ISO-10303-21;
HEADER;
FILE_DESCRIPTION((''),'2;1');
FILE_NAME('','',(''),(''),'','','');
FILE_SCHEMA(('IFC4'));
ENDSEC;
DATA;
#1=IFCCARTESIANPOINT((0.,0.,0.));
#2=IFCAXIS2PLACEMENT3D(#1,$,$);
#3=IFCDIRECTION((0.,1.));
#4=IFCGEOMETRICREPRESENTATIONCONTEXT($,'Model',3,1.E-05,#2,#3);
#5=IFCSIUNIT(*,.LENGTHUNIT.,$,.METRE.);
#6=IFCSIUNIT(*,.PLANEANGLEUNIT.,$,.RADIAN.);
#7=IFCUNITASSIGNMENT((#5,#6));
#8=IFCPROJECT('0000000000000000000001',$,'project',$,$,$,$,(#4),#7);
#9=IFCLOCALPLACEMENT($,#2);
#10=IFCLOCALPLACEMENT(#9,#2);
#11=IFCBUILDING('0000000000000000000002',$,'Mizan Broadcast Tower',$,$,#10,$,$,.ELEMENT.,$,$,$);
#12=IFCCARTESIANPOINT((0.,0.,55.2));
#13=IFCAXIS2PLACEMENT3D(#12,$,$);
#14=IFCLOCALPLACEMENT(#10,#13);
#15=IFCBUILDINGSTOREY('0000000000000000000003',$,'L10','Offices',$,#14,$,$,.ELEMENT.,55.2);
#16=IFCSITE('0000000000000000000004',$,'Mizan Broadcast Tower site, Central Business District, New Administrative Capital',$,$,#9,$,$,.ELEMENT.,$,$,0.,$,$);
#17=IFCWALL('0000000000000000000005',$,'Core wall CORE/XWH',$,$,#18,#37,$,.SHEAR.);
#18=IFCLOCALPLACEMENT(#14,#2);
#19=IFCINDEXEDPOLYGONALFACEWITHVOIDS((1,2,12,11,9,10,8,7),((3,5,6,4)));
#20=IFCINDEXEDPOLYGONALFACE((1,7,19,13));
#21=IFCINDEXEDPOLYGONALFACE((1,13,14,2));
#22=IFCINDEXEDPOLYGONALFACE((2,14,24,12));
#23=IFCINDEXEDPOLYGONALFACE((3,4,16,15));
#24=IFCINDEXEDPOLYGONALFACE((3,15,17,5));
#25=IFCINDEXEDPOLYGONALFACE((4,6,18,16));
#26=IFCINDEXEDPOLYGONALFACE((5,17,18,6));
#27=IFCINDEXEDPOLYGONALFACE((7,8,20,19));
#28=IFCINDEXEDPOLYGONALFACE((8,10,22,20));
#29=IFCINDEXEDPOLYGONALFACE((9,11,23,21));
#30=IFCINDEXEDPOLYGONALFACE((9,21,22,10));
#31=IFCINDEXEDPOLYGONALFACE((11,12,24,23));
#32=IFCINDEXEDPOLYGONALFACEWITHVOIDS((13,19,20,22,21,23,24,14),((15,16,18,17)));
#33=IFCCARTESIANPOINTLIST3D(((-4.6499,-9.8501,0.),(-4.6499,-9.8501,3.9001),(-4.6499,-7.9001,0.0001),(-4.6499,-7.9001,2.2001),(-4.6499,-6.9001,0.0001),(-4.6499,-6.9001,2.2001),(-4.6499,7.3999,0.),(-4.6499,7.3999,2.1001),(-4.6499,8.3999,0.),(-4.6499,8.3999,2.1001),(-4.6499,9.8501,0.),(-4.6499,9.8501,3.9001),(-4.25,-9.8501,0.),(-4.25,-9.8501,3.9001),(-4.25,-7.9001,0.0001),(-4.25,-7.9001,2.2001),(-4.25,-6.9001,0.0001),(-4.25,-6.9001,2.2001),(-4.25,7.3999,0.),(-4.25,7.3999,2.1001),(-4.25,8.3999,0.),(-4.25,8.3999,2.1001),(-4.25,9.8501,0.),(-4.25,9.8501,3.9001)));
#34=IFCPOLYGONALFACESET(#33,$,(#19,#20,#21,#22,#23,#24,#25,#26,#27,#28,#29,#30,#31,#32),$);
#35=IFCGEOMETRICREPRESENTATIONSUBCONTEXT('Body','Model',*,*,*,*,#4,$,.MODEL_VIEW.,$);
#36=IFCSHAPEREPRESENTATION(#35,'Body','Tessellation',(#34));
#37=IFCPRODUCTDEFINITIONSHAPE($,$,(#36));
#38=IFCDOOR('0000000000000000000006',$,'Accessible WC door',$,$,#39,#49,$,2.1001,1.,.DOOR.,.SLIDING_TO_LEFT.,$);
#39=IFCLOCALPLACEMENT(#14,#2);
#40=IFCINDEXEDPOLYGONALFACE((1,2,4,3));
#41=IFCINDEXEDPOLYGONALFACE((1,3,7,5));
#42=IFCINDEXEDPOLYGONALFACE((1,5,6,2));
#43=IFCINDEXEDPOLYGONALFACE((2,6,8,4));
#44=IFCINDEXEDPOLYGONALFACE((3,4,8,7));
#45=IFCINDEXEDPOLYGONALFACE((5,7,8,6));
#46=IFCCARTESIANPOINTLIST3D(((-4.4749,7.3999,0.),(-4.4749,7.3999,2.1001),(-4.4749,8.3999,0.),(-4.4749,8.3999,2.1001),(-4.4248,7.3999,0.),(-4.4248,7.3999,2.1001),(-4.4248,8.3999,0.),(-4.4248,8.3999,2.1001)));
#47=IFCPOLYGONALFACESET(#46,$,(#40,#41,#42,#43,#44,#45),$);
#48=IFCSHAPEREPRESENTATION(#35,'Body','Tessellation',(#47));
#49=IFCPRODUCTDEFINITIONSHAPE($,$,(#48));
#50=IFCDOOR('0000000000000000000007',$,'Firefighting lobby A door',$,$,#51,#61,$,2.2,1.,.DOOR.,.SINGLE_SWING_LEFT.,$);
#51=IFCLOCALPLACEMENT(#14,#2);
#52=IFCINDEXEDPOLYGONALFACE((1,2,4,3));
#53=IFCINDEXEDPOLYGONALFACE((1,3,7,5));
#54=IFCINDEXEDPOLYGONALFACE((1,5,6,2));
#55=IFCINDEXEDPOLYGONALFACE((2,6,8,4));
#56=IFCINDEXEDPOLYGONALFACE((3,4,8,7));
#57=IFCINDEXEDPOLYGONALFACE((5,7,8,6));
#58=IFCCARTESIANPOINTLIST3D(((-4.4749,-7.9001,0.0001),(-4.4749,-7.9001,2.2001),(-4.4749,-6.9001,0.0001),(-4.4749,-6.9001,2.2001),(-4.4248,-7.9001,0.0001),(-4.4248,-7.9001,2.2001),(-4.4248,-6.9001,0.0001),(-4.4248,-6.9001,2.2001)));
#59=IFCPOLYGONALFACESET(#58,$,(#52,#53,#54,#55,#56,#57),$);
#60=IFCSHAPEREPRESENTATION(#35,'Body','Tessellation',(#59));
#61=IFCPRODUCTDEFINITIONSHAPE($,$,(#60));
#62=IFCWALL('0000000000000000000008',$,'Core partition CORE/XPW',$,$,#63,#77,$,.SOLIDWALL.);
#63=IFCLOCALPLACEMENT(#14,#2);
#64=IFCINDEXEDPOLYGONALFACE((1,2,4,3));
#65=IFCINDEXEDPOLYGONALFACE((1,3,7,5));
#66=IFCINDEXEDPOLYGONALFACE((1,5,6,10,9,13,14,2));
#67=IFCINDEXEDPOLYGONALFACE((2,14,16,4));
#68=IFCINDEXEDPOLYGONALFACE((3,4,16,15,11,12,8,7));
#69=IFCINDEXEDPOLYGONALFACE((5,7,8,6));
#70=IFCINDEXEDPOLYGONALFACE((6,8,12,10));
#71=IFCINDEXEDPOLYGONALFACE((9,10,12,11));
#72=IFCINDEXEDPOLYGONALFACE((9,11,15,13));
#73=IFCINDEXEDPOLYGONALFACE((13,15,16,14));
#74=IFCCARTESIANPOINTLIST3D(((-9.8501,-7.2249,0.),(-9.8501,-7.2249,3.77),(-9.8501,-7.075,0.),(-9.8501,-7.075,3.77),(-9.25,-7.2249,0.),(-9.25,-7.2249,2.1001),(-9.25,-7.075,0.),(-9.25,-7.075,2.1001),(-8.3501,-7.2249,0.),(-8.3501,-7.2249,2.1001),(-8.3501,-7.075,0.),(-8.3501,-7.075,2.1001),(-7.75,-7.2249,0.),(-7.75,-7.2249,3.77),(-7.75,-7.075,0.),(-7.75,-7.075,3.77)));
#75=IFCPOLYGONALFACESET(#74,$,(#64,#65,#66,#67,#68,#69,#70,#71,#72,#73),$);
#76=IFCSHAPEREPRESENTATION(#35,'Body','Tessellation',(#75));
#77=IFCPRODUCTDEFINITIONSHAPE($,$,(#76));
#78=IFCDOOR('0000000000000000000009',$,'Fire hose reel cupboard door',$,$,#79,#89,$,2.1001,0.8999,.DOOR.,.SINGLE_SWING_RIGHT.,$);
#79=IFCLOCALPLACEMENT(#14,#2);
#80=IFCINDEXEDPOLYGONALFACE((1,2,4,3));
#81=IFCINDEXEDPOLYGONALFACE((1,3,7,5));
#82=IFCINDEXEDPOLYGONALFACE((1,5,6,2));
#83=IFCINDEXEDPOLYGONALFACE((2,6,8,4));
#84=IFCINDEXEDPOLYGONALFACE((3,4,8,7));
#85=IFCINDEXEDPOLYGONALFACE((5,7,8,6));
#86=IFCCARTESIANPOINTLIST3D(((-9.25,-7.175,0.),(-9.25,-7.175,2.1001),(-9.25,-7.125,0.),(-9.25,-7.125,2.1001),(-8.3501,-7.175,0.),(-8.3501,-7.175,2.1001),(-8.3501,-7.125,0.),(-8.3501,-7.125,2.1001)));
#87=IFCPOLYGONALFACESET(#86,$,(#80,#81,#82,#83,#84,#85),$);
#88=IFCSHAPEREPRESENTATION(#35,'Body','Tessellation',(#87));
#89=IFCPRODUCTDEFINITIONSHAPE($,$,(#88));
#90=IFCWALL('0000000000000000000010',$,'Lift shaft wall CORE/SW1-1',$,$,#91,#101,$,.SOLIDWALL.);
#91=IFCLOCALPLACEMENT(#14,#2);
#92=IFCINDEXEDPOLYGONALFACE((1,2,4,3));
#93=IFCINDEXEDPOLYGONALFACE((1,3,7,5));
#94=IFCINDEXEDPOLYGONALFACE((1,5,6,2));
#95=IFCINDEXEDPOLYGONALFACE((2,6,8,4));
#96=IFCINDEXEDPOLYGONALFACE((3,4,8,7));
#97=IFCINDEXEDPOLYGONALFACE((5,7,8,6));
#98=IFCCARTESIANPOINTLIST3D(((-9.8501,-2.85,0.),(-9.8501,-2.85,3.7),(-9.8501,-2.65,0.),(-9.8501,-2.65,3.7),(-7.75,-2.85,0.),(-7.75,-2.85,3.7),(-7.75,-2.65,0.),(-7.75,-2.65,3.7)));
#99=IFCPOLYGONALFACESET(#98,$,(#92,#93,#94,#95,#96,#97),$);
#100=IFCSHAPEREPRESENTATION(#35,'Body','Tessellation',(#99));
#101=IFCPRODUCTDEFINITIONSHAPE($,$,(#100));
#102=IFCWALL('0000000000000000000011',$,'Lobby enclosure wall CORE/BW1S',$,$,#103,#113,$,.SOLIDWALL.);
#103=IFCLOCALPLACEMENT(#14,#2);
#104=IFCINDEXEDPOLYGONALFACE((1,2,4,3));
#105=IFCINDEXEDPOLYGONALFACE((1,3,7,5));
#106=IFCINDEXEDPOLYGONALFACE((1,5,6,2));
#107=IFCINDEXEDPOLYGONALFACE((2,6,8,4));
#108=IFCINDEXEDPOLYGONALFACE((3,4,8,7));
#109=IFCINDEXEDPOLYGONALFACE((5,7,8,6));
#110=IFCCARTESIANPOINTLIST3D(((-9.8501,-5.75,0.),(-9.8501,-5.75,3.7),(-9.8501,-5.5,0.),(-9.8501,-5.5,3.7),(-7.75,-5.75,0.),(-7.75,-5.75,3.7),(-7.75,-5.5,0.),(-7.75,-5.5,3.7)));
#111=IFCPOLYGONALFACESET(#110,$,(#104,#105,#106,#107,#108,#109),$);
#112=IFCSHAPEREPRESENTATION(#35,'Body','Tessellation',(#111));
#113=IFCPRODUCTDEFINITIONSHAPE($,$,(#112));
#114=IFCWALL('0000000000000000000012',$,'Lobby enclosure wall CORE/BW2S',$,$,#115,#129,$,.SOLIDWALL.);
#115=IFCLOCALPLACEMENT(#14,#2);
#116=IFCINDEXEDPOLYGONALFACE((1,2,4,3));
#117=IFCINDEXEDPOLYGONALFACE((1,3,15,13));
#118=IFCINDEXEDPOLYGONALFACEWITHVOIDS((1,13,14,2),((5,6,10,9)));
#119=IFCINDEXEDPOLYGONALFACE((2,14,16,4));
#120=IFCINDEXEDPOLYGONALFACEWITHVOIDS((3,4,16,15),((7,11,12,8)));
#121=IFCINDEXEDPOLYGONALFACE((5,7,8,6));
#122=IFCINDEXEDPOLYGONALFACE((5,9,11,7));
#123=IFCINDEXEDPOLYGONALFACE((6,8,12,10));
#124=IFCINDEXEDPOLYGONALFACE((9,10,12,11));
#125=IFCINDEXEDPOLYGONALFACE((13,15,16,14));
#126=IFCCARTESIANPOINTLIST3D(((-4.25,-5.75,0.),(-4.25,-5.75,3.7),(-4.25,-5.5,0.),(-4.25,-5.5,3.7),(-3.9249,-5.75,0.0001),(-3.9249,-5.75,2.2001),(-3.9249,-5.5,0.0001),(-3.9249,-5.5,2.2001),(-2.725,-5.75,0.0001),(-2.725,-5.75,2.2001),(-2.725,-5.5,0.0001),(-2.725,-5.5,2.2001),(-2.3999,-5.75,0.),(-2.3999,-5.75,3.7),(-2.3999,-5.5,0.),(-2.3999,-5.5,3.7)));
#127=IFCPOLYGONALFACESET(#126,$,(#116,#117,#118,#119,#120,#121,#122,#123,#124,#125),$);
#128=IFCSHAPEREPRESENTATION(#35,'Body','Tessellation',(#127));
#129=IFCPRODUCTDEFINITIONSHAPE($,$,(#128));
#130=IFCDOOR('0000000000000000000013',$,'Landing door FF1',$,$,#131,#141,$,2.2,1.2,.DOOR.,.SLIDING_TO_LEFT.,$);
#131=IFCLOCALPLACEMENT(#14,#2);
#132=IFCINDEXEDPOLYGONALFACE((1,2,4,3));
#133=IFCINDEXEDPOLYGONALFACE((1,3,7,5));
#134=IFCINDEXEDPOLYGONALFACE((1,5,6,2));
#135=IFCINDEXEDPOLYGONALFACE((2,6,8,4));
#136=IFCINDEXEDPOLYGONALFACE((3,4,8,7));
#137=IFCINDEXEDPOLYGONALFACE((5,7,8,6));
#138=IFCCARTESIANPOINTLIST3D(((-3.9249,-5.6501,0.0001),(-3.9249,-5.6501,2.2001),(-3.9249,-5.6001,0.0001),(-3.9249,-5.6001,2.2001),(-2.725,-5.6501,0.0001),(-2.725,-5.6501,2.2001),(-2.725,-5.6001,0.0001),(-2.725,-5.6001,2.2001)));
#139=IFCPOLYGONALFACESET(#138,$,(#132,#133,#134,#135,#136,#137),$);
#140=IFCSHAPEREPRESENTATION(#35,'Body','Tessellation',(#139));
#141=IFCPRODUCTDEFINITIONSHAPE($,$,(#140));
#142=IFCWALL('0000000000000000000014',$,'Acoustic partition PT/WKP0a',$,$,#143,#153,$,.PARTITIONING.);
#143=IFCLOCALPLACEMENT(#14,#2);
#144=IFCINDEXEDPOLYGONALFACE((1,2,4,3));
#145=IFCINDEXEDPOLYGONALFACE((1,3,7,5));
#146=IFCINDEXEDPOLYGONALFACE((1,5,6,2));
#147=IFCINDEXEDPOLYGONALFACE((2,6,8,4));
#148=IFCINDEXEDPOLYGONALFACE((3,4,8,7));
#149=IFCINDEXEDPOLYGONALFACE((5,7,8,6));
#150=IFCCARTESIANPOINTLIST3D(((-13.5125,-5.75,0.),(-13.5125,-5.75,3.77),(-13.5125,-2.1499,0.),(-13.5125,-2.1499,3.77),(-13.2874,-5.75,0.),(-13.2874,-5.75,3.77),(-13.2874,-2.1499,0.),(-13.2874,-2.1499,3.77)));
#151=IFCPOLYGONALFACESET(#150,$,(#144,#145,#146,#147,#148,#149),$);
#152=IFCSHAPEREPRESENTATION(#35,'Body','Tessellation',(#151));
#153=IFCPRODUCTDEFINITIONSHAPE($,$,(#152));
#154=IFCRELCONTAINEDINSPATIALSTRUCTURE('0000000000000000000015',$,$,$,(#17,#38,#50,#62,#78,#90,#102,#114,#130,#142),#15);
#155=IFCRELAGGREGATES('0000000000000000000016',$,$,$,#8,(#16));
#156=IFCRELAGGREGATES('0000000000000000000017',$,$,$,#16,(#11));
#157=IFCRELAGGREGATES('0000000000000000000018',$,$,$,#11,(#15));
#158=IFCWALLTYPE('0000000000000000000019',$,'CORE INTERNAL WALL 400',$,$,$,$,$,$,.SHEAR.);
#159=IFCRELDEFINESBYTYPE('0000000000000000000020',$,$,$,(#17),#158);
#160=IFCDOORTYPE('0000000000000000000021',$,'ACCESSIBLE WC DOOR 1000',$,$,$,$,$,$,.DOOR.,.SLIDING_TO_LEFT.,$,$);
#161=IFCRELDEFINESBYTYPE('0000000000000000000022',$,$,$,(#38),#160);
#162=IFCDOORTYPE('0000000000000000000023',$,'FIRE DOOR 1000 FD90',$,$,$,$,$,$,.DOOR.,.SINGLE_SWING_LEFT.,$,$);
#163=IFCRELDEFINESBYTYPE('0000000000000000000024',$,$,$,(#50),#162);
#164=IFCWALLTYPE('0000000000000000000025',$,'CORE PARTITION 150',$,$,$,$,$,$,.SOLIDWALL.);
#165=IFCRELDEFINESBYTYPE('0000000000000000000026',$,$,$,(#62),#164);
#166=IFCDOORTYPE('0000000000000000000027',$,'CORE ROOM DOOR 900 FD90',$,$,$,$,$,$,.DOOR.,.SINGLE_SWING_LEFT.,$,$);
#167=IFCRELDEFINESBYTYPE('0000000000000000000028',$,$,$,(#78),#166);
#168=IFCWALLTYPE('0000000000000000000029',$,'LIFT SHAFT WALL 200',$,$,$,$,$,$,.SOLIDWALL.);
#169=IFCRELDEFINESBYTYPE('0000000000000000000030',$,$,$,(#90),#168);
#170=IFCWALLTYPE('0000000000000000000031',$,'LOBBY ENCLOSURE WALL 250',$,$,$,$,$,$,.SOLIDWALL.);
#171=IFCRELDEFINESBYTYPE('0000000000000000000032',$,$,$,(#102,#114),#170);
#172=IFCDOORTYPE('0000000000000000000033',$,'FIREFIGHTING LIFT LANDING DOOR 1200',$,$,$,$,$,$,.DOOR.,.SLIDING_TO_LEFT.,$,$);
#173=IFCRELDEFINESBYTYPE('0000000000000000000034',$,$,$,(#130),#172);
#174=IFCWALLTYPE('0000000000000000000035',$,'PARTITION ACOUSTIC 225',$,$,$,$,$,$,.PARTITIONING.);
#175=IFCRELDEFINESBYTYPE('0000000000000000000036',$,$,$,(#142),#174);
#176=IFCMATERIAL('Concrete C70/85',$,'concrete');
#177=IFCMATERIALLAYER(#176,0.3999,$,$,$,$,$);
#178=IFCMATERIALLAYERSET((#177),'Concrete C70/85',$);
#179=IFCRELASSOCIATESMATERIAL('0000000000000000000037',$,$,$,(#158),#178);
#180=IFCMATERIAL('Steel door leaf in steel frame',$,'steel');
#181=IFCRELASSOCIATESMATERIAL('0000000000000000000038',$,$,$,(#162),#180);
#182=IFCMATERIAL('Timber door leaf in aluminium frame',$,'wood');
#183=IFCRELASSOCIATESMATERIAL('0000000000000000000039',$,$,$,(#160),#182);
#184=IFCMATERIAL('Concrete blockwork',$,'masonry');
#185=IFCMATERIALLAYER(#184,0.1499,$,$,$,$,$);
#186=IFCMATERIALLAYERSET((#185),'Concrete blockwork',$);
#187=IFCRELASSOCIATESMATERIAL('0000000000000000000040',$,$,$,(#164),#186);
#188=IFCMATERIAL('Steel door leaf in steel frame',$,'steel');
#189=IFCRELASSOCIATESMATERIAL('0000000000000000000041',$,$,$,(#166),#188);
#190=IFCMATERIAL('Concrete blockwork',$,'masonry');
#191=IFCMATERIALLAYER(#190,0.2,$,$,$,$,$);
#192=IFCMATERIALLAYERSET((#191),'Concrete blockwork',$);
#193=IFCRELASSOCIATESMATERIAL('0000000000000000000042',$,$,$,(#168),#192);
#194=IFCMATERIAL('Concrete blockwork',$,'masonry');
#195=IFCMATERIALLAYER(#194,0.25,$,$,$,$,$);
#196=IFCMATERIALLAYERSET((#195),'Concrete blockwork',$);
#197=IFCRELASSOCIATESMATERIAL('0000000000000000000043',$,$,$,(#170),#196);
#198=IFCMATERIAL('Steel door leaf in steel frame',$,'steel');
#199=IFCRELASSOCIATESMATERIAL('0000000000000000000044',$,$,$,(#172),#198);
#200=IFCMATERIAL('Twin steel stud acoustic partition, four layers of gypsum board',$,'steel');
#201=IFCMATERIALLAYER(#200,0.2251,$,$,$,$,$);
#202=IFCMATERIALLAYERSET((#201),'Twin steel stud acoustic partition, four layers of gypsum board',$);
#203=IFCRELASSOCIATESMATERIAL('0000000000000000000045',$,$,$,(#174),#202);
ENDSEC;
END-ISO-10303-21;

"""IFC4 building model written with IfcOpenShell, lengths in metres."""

from ifc_helpers import new_model, si_unit, direction, frame, frame_2d, origin, place, context, subcontext, project, spatial, rectangle, extrude, material, layer, layer_set, type_object, element, fill, save


model = new_model("IFC4")

# Units and contexts
model_context = context("Model", 3, precision=1e-05, world=origin(), true_north=direction((0.0, 1.0)))
body_context = subcontext(model_context, "Body", "Model", "MODEL_VIEW")
ifc_project = project(units=[si_unit("LENGTHUNIT", "METRE"), si_unit("PLANEANGLEUNIT", "RADIAN")], contexts=[model_context])

# Site, building, storey
site_placement = place(None, origin())
site = spatial("IfcSite", under=ifc_project, at=site_placement, Name="Mizan Broadcast Tower site, Central Business District, New Administrative Capital", CompositionType="ELEMENT", RefElevation=0.0)
building_placement = place(site_placement, origin())
building = spatial("IfcBuilding", under=site, at=building_placement, Name="Mizan Broadcast Tower", CompositionType="ELEMENT")
storey_placement = place(building_placement, frame((0.0, 0.0, 55.2)))
storey = spatial("IfcBuildingStorey", under=building, at=storey_placement, Name="L10", Description="Offices", CompositionType="ELEMENT", Elevation=55.2)

# Wall, openings, doors
ifc_material_1 = material(Name="Concrete C70/85", Category="concrete")
ifc_layer_1 = layer(ifc_material_1, 0.3999)
ifc_layer_set_1 = layer_set([ifc_layer_1], Name="Concrete C70/85")
wall_type_1 = type_object("IfcWallType", Name="CORE INTERNAL WALL 400", PredefinedType="SHEAR", material=ifc_layer_set_1)
ifc_material_2 = material(Name="Steel door leaf in steel frame", Category="steel")
door_type_1 = type_object("IfcDoorType", Name="FIRE DOOR 1000 FD90", OperationType="SINGLE_SWING_LEFT", PredefinedType="DOOR", material=ifc_material_2)
wall_1_placement = place(storey_placement, frame((-4.45, -9.8501, 0.0), z_axis=(0.0, 0.0, 1.0), x_axis=(0.0, 1.0, 0.0)))
wall_1 = element("IfcWall", 1, at=wall_1_placement, inside=storey, type_object=wall_type_1, Name="Core wall CORE/XWH", PredefinedType="SHEAR", context=body_context, shape_type="SweptSolid", body=[
    extrude(rectangle(XDim=19.7002, YDim=0.3999, at=frame_2d((9.8501, 0.0))), origin(), (0.0, 0.0, 1.0), 3.9001),
])
opening_1_placement = place(wall_1_placement, frame((1.95, 0.0, 0.0)))
opening_1 = element("IfcOpeningElement", 2, at=opening_1_placement, cuts=wall_1, PredefinedType="OPENING", context=body_context, shape_type="SweptSolid", body=[
    extrude(rectangle(XDim=1.0, YDim=2.2, at=frame_2d((0.5, 1.1001))), frame((0.0, 0.21, 0.0), z_axis=(0.0, -1.0, 0.0), x_axis=(1.0, 0.0, 0.0)), (0.0, 0.0, 1.0), 0.4199),
])
opening_2_placement = place(wall_1_placement, frame((17.25, 0.0, 0.0)))
opening_2 = element("IfcOpeningElement", 3, at=opening_2_placement, cuts=wall_1, PredefinedType="OPENING", context=body_context, shape_type="SweptSolid", body=[
    extrude(rectangle(XDim=1.0, YDim=2.1001, at=frame_2d((0.5, 1.05))), frame((0.0, 0.21, 0.0), z_axis=(0.0, -1.0, 0.0), x_axis=(1.0, 0.0, 0.0)), (0.0, 0.0, 1.0), 0.4199),
])
ifc_material_3 = material(Name="Timber door leaf in aluminium frame", Category="wood")
door_type_2 = type_object("IfcDoorType", Name="ACCESSIBLE WC DOOR 1000", OperationType="SLIDING_TO_LEFT", PredefinedType="DOOR", material=ifc_material_3)
door_1_placement = place(opening_2_placement, origin())
door_1 = element("IfcDoor", 4, at=door_1_placement, inside=storey, type_object=door_type_2, Name="Accessible WC door", OperationType="SLIDING_TO_LEFT", OverallHeight=2.1001, OverallWidth=1.0, PredefinedType="DOOR", context=body_context, shape_type="SweptSolid", body=[
    extrude(rectangle(XDim=1.0, YDim=2.1001, at=frame_2d((0.5, 1.05))), frame((0.0, 0.0249, 0.0), z_axis=(0.0, -1.0, 0.0), x_axis=(1.0, 0.0, 0.0)), (0.0, 0.0, 1.0), 0.05),
])
fill(opening_2, door_1)
door_2_placement = place(opening_1_placement, origin())
door_2 = element("IfcDoor", 5, at=door_2_placement, inside=storey, type_object=door_type_1, Name="Firefighting lobby A door", OperationType="SINGLE_SWING_LEFT", OverallHeight=2.2, OverallWidth=1.0, PredefinedType="DOOR", context=body_context, shape_type="SweptSolid", body=[
    extrude(rectangle(XDim=1.0, YDim=2.2, at=frame_2d((0.5, 1.1001))), frame((0.0, 0.0249, 0.0), z_axis=(0.0, -1.0, 0.0), x_axis=(1.0, 0.0, 0.0)), (0.0, 0.0, 1.0), 0.05),
])
fill(opening_1, door_2)

# Wall, opening, door
ifc_material_4 = material(Name="Concrete blockwork", Category="masonry")
ifc_layer_2 = layer(ifc_material_4, 0.1499)
ifc_layer_set_2 = layer_set([ifc_layer_2], Name="Concrete blockwork")
wall_type_2 = type_object("IfcWallType", Name="CORE PARTITION 150", PredefinedType="SOLIDWALL", material=ifc_layer_set_2)
wall_2_placement = place(storey_placement, frame((-9.8501, -7.1499, 0.0), z_axis=(0.0, 0.0, 1.0), x_axis=(1.0, 0.0, 0.0)))
wall_2 = element("IfcWall", 6, at=wall_2_placement, inside=storey, type_object=wall_type_2, Name="Core partition CORE/XPW", PredefinedType="SOLIDWALL", context=body_context, shape_type="SweptSolid", body=[
    extrude(rectangle(XDim=2.1001, YDim=0.1499, at=frame_2d((1.05, 0.0))), origin(), (0.0, 0.0, 1.0), 3.77),
])
opening_3_placement = place(wall_2_placement, frame((0.6001, 0.0, 0.0)))
opening_3 = element("IfcOpeningElement", 7, at=opening_3_placement, cuts=wall_2, PredefinedType="OPENING", context=body_context, shape_type="SweptSolid", body=[
    extrude(rectangle(XDim=0.8999, YDim=2.1001, at=frame_2d((0.45, 1.05))), frame((0.0, 0.085, 0.0), z_axis=(0.0, -1.0, 0.0), x_axis=(1.0, 0.0, 0.0)), (0.0, 0.0, 1.0), 0.1699),
])
ifc_material_5 = material(Name="Steel door leaf in steel frame", Category="steel")
door_type_3 = type_object("IfcDoorType", Name="CORE ROOM DOOR 900 FD90", OperationType="SINGLE_SWING_LEFT", PredefinedType="DOOR", material=ifc_material_5)
door_3_placement = place(opening_3_placement, origin())
door_3 = element("IfcDoor", 8, at=door_3_placement, inside=storey, type_object=door_type_3, Name="Fire hose reel cupboard door", OperationType="SINGLE_SWING_RIGHT", OverallHeight=2.1001, OverallWidth=0.8999, PredefinedType="DOOR", context=body_context, shape_type="SweptSolid", body=[
    extrude(rectangle(XDim=0.8999, YDim=2.1001, at=frame_2d((0.45, 1.05))), frame((0.0, 0.0249, 0.0), z_axis=(0.0, -1.0, 0.0), x_axis=(1.0, 0.0, 0.0)), (0.0, 0.0, 1.0), 0.05),
])
fill(opening_3, door_3)

# Walls
ifc_material_6 = material(Name="Concrete blockwork", Category="masonry")
ifc_layer_3 = layer(ifc_material_6, 0.2)
ifc_layer_set_3 = layer_set([ifc_layer_3], Name="Concrete blockwork")
wall_type_3 = type_object("IfcWallType", Name="LIFT SHAFT WALL 200", PredefinedType="SOLIDWALL", material=ifc_layer_set_3)
wall_3_placement = place(storey_placement, frame((-9.8501, -2.75, 0.0), z_axis=(0.0, 0.0, 1.0), x_axis=(1.0, 0.0, 0.0)))
element("IfcWall", 9, at=wall_3_placement, inside=storey, type_object=wall_type_3, Name="Lift shaft wall CORE/SW1-1", PredefinedType="SOLIDWALL", context=body_context, shape_type="SweptSolid", body=[
    extrude(rectangle(XDim=2.1001, YDim=0.2, at=frame_2d((1.05, 0.0))), origin(), (0.0, 0.0, 1.0), 3.7),
])
ifc_material_7 = material(Name="Concrete blockwork", Category="masonry")
ifc_layer_4 = layer(ifc_material_7, 0.25)
ifc_layer_set_4 = layer_set([ifc_layer_4], Name="Concrete blockwork")
wall_type_4 = type_object("IfcWallType", Name="LOBBY ENCLOSURE WALL 250", PredefinedType="SOLIDWALL", material=ifc_layer_set_4)
wall_4_placement = place(storey_placement, frame((-9.8501, -5.625, 0.0), z_axis=(0.0, 0.0, 1.0), x_axis=(1.0, 0.0, 0.0)))
element("IfcWall", 10, at=wall_4_placement, inside=storey, type_object=wall_type_4, Name="Lobby enclosure wall CORE/BW1S", PredefinedType="SOLIDWALL", context=body_context, shape_type="SweptSolid", body=[
    extrude(rectangle(XDim=2.1001, YDim=0.25, at=frame_2d((1.05, 0.0))), origin(), (0.0, 0.0, 1.0), 3.7),
])

# Wall, opening, door
wall_5_placement = place(storey_placement, frame((-4.25, -5.625, 0.0), z_axis=(0.0, 0.0, 1.0), x_axis=(1.0, 0.0, 0.0)))
wall_5 = element("IfcWall", 11, at=wall_5_placement, inside=storey, type_object=wall_type_4, Name="Lobby enclosure wall CORE/BW2S", PredefinedType="SOLIDWALL", context=body_context, shape_type="SweptSolid", body=[
    extrude(rectangle(XDim=1.8501, YDim=0.25, at=frame_2d((0.925, 0.0))), origin(), (0.0, 0.0, 1.0), 3.7),
])
opening_4_placement = place(wall_5_placement, frame((0.325, 0.0, 0.0)))
opening_4 = element("IfcOpeningElement", 12, at=opening_4_placement, cuts=wall_5, PredefinedType="OPENING", context=body_context, shape_type="SweptSolid", body=[
    extrude(rectangle(XDim=1.2, YDim=2.2, at=frame_2d((0.6001, 1.1001))), frame((0.0, 0.135, 0.0), z_axis=(0.0, -1.0, 0.0), x_axis=(1.0, 0.0, 0.0)), (0.0, 0.0, 1.0), 0.27),
])
ifc_material_8 = material(Name="Steel door leaf in steel frame", Category="steel")
door_type_4 = type_object("IfcDoorType", Name="FIREFIGHTING LIFT LANDING DOOR 1200", OperationType="SLIDING_TO_LEFT", PredefinedType="DOOR", material=ifc_material_8)
door_4_placement = place(opening_4_placement, origin())
door_4 = element("IfcDoor", 13, at=door_4_placement, inside=storey, type_object=door_type_4, Name="Landing door FF1", OperationType="SLIDING_TO_LEFT", OverallHeight=2.2, OverallWidth=1.2, PredefinedType="DOOR", context=body_context, shape_type="SweptSolid", body=[
    extrude(rectangle(XDim=1.2, YDim=2.2, at=frame_2d((0.6001, 1.1001))), frame((0.0, 0.0249, 0.0), z_axis=(0.0, -1.0, 0.0), x_axis=(1.0, 0.0, 0.0)), (0.0, 0.0, 1.0), 0.05),
])
fill(opening_4, door_4)

# Wall
ifc_material_9 = material(Name="Twin steel stud acoustic partition, four layers of gypsum board", Category="steel")
ifc_layer_5 = layer(ifc_material_9, 0.2251)
ifc_layer_set_5 = layer_set([ifc_layer_5], Name="Twin steel stud acoustic partition, four layers of gypsum board")
wall_type_5 = type_object("IfcWallType", Name="PARTITION ACOUSTIC 225", PredefinedType="PARTITIONING", material=ifc_layer_set_5)
wall_6_placement = place(storey_placement, frame((-13.3999, -2.1499, 0.0), z_axis=(0.0, 0.0, 1.0), x_axis=(0.0, -1.0, 0.0)))
element("IfcWall", 14, at=wall_6_placement, inside=storey, type_object=wall_type_5, Name="Acoustic partition PT/WKP0a", PredefinedType="PARTITIONING", context=body_context, shape_type="SweptSolid", body=[
    extrude(rectangle(XDim=3.6001, YDim=0.2251, at=frame_2d((1.8, 0.0))), origin(), (0.0, 0.0, 1.0), 3.77),
])

save(model, "model.ifc")
